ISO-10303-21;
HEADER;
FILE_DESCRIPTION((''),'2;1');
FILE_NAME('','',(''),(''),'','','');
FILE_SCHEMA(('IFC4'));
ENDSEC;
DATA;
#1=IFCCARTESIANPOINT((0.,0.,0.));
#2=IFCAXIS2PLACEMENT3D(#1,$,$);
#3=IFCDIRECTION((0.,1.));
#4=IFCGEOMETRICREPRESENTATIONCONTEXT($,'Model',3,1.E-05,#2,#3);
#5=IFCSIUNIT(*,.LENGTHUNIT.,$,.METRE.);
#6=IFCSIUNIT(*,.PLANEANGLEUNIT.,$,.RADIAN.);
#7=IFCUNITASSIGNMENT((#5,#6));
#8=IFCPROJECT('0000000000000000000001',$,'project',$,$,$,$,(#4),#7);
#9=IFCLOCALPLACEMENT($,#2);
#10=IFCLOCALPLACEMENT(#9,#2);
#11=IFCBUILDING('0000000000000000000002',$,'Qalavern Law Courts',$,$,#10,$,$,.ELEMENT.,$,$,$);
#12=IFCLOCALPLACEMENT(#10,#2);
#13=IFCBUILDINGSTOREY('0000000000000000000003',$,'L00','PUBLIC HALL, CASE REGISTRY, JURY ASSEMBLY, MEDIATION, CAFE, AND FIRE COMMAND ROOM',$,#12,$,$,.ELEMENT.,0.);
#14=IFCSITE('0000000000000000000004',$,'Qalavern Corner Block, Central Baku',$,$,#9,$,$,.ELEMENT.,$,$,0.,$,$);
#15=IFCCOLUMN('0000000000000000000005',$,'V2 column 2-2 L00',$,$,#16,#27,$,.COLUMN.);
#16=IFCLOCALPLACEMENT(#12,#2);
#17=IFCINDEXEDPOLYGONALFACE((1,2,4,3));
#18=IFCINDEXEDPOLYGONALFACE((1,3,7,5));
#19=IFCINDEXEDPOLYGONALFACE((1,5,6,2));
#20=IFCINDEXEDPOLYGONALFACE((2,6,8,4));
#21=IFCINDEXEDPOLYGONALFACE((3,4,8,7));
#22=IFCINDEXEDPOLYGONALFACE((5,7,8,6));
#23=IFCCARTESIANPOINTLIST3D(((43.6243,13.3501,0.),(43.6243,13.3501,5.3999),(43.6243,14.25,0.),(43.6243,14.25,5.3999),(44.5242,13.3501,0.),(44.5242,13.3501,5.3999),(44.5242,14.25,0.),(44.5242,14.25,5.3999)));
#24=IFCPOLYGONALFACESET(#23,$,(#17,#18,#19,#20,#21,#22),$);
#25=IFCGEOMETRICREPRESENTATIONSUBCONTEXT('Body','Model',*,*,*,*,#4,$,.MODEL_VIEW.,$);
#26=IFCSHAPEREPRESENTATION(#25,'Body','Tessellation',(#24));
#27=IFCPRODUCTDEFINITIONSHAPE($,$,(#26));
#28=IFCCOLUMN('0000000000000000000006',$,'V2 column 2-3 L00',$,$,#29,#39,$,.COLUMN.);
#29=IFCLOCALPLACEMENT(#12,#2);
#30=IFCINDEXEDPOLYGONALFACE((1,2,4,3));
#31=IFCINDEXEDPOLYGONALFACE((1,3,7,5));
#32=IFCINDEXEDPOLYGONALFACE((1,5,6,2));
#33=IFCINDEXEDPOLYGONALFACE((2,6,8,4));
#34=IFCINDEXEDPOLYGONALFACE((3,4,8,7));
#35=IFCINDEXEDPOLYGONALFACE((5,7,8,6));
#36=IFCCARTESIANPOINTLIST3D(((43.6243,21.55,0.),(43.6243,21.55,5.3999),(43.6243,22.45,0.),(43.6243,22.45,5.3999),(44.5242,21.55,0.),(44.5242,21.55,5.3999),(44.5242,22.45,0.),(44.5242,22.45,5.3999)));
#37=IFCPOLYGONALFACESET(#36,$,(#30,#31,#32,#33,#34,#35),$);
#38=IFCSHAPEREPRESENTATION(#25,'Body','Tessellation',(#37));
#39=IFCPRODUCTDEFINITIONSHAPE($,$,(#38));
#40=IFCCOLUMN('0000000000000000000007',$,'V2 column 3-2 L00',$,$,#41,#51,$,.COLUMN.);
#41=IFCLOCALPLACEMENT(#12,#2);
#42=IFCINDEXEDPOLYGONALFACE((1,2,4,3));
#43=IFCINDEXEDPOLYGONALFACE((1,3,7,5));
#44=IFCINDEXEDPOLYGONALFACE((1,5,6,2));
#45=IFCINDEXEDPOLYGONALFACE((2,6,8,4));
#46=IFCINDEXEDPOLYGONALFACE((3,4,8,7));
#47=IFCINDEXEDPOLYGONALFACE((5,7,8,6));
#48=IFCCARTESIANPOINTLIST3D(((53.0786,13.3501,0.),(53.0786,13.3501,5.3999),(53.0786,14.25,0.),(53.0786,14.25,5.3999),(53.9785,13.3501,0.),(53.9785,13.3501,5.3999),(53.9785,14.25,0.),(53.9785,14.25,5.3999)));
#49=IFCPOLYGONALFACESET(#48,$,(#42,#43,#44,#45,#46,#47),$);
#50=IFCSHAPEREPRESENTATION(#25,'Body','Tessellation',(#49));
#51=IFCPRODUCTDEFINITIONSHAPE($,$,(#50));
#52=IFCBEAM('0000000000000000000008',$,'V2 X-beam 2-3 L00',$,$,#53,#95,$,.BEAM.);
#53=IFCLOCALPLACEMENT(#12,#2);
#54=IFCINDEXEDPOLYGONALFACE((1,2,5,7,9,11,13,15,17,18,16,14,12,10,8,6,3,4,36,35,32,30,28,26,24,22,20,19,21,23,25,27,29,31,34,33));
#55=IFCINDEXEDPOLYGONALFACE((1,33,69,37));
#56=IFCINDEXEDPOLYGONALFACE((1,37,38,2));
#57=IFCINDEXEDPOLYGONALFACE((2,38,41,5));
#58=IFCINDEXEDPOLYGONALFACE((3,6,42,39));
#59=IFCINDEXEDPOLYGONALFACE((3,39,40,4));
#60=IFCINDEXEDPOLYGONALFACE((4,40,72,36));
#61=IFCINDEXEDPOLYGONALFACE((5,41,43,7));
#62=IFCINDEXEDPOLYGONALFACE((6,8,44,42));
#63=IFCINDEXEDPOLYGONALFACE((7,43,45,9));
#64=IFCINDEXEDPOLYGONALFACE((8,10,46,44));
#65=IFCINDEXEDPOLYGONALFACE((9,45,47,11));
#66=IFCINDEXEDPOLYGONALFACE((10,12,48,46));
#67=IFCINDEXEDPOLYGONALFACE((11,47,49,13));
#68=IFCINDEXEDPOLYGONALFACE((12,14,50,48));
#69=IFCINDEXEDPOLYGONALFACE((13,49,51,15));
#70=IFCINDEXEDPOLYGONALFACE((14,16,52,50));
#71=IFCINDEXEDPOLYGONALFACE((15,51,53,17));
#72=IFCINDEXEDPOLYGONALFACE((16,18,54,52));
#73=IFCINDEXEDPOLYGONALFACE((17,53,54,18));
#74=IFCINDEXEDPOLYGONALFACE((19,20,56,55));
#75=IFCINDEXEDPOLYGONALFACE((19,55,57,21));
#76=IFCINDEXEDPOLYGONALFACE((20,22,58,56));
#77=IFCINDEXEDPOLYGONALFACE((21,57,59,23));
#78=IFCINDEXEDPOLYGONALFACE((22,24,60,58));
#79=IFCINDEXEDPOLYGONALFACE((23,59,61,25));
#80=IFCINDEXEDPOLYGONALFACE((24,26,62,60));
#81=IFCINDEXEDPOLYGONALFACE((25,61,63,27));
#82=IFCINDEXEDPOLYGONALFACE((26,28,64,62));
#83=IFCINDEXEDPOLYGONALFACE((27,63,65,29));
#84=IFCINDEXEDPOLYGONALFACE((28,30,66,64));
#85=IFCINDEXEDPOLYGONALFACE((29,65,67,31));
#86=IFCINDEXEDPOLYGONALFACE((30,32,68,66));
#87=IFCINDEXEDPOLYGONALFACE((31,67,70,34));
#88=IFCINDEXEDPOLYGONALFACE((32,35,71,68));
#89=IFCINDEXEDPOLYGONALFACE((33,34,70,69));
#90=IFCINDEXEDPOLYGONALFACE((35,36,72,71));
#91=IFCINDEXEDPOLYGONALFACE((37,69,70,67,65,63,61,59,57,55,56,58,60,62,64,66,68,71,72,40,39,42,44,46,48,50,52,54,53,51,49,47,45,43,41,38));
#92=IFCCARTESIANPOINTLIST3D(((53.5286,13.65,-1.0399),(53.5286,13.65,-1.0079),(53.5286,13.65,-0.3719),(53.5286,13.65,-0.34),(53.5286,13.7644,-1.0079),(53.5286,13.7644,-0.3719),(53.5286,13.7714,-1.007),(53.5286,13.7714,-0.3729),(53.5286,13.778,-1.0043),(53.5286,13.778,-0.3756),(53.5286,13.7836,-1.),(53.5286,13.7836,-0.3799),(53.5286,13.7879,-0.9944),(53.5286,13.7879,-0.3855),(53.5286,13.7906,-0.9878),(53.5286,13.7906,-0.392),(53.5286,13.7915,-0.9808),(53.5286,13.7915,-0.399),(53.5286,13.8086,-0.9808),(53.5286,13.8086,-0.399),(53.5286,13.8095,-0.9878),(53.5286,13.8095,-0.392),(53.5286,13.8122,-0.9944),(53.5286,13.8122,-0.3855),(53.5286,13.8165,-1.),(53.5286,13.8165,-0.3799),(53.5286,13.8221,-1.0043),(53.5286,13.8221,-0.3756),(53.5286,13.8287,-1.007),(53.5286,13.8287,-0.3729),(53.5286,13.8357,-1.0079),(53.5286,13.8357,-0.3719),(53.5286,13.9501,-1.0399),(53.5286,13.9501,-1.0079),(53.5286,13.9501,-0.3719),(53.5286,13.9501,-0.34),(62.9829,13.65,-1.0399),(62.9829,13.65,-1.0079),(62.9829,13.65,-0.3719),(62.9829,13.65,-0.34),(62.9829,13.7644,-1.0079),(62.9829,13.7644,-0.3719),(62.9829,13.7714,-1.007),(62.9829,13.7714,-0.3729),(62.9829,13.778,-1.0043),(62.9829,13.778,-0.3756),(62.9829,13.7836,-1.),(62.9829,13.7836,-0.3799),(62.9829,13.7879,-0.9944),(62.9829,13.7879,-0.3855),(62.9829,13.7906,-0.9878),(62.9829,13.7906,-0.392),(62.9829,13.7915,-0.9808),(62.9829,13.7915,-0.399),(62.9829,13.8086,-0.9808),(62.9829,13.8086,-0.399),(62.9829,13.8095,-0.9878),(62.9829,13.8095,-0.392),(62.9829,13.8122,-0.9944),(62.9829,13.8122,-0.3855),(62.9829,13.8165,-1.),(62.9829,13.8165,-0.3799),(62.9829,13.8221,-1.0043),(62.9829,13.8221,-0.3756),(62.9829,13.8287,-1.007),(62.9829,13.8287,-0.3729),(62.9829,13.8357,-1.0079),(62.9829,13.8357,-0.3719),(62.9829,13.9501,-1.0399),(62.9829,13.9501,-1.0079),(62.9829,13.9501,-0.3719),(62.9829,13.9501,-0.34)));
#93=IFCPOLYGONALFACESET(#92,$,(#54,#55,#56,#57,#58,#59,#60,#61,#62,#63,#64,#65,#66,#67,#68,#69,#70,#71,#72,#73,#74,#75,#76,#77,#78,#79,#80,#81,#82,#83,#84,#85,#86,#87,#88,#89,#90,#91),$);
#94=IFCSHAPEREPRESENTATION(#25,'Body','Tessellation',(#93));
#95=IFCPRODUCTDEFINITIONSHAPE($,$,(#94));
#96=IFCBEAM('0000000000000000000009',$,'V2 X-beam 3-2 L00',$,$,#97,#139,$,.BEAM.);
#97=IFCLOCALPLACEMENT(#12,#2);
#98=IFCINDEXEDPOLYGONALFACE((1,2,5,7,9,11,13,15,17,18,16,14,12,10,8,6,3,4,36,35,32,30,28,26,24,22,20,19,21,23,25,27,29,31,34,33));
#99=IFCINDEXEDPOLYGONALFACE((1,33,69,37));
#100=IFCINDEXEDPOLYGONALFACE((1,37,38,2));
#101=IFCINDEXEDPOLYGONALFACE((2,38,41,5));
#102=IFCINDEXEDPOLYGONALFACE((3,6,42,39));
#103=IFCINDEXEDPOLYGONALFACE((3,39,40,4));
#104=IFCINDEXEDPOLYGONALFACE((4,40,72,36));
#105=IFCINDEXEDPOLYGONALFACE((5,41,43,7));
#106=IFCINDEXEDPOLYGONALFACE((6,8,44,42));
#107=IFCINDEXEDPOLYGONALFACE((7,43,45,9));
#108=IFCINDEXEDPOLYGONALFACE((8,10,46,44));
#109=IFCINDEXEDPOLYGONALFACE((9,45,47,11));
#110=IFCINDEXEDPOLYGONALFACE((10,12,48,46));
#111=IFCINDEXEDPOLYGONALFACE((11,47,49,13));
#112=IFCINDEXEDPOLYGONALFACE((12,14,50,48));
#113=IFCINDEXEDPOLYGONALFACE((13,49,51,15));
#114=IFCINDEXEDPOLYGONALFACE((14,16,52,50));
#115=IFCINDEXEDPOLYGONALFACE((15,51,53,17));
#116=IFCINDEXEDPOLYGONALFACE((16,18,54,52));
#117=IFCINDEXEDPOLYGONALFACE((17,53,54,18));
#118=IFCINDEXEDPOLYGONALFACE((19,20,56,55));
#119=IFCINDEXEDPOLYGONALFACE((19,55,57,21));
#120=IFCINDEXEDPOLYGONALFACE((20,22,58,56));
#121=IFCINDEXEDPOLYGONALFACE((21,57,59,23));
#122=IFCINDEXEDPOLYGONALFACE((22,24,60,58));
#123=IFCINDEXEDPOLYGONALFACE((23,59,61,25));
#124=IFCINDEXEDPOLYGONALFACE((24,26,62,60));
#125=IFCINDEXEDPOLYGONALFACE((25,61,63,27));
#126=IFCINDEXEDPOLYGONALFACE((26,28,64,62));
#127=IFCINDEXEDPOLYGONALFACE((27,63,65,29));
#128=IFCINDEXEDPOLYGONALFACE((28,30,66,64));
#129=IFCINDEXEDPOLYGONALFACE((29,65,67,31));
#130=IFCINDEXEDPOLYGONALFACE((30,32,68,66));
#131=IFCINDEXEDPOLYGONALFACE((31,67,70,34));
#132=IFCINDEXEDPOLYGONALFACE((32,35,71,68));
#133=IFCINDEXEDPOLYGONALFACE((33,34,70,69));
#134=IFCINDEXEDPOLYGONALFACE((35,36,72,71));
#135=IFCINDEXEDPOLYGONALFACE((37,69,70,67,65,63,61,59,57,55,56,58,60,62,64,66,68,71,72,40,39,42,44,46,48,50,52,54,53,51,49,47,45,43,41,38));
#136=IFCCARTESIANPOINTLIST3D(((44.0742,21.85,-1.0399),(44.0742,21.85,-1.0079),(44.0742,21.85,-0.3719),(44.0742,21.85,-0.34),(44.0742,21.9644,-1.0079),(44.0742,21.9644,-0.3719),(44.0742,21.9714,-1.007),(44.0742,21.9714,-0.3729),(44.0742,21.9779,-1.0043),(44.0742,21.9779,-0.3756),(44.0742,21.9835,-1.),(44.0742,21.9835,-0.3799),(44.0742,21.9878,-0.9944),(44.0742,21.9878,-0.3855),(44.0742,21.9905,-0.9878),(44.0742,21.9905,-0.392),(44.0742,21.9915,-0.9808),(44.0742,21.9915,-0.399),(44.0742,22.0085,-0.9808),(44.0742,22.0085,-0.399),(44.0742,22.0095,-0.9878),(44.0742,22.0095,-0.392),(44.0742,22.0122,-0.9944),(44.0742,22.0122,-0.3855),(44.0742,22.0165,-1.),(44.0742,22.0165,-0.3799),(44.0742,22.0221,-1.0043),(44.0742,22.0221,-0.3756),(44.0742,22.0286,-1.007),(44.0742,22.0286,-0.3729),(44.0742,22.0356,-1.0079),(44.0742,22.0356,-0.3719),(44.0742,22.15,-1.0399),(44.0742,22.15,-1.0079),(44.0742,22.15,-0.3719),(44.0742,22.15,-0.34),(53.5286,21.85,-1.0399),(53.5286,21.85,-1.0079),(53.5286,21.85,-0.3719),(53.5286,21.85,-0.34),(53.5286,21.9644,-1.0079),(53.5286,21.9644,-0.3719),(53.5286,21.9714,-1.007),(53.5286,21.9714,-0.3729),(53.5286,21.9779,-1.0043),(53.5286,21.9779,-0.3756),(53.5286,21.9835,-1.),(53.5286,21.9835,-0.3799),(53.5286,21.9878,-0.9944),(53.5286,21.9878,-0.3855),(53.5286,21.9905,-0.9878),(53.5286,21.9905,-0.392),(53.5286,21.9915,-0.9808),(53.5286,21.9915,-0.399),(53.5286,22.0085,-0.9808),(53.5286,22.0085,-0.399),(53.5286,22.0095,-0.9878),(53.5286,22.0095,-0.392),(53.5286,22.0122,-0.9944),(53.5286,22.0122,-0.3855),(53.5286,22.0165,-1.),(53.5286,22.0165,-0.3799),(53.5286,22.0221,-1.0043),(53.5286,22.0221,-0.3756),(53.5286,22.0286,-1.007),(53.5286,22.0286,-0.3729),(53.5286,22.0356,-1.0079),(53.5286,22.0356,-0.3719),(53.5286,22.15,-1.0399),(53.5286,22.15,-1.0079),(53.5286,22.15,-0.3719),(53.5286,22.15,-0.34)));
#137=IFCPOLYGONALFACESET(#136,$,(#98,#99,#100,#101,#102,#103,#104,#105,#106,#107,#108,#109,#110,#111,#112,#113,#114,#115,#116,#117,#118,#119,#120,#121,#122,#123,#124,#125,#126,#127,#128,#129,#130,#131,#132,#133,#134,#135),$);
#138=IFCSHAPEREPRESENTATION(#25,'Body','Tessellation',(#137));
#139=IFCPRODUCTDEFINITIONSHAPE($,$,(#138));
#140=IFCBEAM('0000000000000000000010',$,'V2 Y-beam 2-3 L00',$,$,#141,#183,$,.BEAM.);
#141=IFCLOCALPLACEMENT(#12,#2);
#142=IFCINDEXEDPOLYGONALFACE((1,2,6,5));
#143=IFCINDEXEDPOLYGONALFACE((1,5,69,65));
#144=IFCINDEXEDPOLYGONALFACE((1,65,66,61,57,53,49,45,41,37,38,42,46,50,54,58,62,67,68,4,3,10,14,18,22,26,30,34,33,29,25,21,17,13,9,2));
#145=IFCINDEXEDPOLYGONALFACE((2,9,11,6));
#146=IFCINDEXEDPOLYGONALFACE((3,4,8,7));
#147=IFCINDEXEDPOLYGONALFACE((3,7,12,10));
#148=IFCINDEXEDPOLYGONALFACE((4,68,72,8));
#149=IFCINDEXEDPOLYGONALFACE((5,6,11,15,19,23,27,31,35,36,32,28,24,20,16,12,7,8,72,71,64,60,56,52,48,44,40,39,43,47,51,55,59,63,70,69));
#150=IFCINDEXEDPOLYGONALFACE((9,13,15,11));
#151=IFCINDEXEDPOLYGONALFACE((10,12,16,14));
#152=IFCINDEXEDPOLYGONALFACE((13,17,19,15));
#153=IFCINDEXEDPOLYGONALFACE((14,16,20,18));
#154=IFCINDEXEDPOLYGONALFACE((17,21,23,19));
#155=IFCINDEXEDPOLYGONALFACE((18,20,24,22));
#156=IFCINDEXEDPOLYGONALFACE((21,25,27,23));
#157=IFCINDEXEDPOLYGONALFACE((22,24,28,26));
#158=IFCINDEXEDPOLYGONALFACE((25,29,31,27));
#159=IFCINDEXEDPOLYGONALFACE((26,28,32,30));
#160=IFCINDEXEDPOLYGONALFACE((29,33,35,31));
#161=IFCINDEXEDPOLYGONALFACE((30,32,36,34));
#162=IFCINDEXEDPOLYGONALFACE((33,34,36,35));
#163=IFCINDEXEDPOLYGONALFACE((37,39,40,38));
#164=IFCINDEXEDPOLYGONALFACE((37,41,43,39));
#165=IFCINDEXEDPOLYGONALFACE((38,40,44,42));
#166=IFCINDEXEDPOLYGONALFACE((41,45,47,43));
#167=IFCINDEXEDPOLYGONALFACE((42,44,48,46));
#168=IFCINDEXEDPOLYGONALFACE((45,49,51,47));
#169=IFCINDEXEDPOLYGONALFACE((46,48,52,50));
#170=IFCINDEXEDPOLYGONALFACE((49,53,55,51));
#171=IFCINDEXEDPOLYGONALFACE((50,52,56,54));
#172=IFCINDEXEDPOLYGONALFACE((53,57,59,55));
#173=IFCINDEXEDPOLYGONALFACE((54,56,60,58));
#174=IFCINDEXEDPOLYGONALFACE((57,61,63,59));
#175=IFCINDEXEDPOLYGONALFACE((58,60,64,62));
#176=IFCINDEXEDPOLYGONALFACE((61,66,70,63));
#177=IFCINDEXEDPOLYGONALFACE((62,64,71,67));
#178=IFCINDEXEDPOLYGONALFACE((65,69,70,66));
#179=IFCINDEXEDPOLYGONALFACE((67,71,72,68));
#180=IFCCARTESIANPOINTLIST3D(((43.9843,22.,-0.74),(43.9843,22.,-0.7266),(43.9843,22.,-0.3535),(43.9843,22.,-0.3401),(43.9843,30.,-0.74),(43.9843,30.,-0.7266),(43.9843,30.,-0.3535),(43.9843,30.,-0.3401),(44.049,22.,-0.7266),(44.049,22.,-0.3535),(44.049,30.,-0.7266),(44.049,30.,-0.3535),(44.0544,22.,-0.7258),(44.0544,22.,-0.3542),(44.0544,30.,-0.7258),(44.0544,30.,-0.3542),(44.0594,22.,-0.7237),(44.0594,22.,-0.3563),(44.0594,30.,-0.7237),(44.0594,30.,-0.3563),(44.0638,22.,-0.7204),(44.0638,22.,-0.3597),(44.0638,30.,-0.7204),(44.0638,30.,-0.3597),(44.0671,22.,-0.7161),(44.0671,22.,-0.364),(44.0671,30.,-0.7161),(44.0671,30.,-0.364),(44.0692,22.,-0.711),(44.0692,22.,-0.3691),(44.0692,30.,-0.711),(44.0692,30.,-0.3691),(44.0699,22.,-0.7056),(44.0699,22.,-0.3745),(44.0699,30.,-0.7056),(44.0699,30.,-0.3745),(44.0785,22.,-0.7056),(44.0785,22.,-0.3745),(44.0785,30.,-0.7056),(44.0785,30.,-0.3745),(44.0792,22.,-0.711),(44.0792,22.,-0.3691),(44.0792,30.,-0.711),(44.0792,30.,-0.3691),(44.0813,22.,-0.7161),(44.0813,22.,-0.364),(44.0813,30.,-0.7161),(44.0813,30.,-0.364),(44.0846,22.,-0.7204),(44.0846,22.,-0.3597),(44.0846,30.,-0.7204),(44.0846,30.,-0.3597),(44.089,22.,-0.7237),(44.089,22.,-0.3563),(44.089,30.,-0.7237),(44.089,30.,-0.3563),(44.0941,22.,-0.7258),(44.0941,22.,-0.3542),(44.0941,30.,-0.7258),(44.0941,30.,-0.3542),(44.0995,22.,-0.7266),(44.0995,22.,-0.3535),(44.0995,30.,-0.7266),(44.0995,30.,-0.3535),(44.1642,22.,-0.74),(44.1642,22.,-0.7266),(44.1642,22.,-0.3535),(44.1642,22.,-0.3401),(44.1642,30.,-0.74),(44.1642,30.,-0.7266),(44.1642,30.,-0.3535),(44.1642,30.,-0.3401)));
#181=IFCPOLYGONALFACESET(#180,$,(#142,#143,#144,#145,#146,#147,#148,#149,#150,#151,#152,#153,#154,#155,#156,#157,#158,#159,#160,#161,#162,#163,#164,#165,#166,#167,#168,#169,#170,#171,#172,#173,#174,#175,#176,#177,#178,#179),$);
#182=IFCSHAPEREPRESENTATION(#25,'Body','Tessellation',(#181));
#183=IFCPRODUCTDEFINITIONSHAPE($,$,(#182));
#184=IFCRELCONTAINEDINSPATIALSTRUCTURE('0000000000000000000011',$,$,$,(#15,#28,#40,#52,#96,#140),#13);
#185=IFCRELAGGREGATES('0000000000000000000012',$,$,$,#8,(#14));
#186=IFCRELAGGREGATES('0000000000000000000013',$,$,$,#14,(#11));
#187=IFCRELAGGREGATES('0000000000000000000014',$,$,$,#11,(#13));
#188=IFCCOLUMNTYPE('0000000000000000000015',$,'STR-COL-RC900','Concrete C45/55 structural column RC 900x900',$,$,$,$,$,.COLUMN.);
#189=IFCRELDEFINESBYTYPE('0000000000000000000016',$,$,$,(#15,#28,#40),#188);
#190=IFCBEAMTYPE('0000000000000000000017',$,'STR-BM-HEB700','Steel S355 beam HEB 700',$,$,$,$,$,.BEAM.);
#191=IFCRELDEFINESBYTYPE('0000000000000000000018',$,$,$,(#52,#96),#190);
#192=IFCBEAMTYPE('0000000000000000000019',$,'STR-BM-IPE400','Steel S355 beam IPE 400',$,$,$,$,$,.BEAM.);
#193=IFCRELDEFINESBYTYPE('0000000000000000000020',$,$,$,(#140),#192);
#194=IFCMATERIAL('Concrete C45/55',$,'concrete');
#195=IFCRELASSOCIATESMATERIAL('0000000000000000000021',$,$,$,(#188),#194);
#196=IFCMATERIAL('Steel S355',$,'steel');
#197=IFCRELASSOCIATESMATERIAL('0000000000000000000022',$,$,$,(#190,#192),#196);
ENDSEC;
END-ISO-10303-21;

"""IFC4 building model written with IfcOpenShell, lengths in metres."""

from ifc_helpers import new_model, si_unit, direction, frame, origin, origin_2d, place, context, subcontext, project, spatial, rectangle, i_section, extrude, material, material_profile, profile_set, type_object, element, save


model = new_model("IFC4")

# Units and contexts
model_context = context("Model", 3, precision=1e-05, world=origin(), true_north=direction((0.0, 1.0)))
body_context = subcontext(model_context, "Body", "Model", "MODEL_VIEW")
ifc_project = project(units=[si_unit("LENGTHUNIT", "METRE"), si_unit("PLANEANGLEUNIT", "RADIAN")], contexts=[model_context])

# Site, building, storey
site_placement = place(None, origin())
site = spatial("IfcSite", under=ifc_project, at=site_placement, Name="Qalavern Corner Block, Central Baku", CompositionType="ELEMENT", RefElevation=0.0)
building_placement = place(site_placement, origin())
building = spatial("IfcBuilding", under=site, at=building_placement, Name="Qalavern Law Courts", CompositionType="ELEMENT")
storey_placement = place(building_placement, origin())
storey = spatial("IfcBuildingStorey", under=building, at=storey_placement, Name="L00", Description="PUBLIC HALL, CASE REGISTRY, JURY ASSEMBLY, MEDIATION, CAFE, AND FIRE COMMAND ROOM", CompositionType="ELEMENT", Elevation=0.0)

# Columns
ifc_material_1 = material(Name="Concrete C45/55", Category="concrete")
ifc_material_profile_1 = material_profile(ifc_material_1, rectangle(XDim=0.8999, YDim=0.8999, at=origin_2d()), Name="RC 900x900")
ifc_profile_set_1 = profile_set([ifc_material_profile_1], Name="Concrete C45/55")
column_type = type_object("IfcColumnType", Name="STR-COL-RC900", Description="Concrete C45/55 structural column RC 900x900", PredefinedType="COLUMN", material=ifc_profile_set_1)
for number, where, z_axis, x_axis, name in (
    (1, (44.0742, 13.8, 0.0), (0.0, 0.0, 1.0), (1.0, 0.0, 0.0), "V2 column 2-2 L00"),
    (2, (44.0742, 22.0, 0.0), (0.0, 0.0, 1.0), (1.0, 0.0, 0.0), "V2 column 2-3 L00"),
    (3, (53.5286, 13.8, 0.0), (0.0, 0.0, 1.0), (1.0, 0.0, 0.0), "V2 column 3-2 L00"),
):
    element("IfcColumn", number, at=place(storey_placement, frame(where, z_axis=z_axis, x_axis=x_axis)), inside=storey, type_object=column_type, Name=name, PredefinedType="COLUMN", context=body_context, shape_type="SweptSolid", body=[
        extrude(rectangle(XDim=0.8999, YDim=0.8999, at=origin_2d()), origin(), (0.0, 0.0, 1.0), 5.3999),
    ])

# Beams
ifc_material_2 = material(Name="Steel S355", Category="steel")
ifc_material_profile_2 = material_profile(ifc_material_2, i_section(OverallWidth=0.3, OverallDepth=0.7, WebThickness=0.0171, FlangeThickness=0.032, FilletRadius=0.0271, at=origin_2d()), Name="HEB 700")
ifc_profile_set_2 = profile_set([ifc_material_profile_2], Name="Steel S355")
beam_type_1 = type_object("IfcBeamType", Name="STR-BM-HEB700", Description="Steel S355 beam HEB 700", PredefinedType="BEAM", material=ifc_profile_set_2)
for number, where, z_axis, x_axis, name in (
    (4, (53.5286, 13.8, -0.6899), (1.0, 0.0, 0.0), (0.0, 1.0, 0.0), "V2 X-beam 2-3 L00"),
    (5, (44.0742, 22.0, -0.6899), (1.0, 0.0, 0.0), (0.0, 1.0, 0.0), "V2 X-beam 3-2 L00"),
):
    element("IfcBeam", number, at=place(storey_placement, frame(where, z_axis=z_axis, x_axis=x_axis)), inside=storey, type_object=beam_type_1, Name=name, PredefinedType="BEAM", context=body_context, shape_type="SweptSolid", body=[
        extrude(i_section(OverallWidth=0.3, OverallDepth=0.7, WebThickness=0.0171, FlangeThickness=0.032, FilletRadius=0.0271, at=origin_2d()), origin(), (0.0, 0.0, 1.0), 9.4543),
    ])
ifc_material_profile_3 = material_profile(ifc_material_2, i_section(OverallWidth=0.1799, OverallDepth=0.3999, WebThickness=0.0085, FlangeThickness=0.0134, FilletRadius=0.021, at=origin_2d()), Name="IPE 400")
ifc_profile_set_3 = profile_set([ifc_material_profile_3], Name="Steel S355")
beam_type_2 = type_object("IfcBeamType", Name="STR-BM-IPE400", Description="Steel S355 beam IPE 400", PredefinedType="BEAM", material=ifc_profile_set_3)
beam_1_placement = place(storey_placement, frame((44.0742, 22.0, -0.54), z_axis=(0.0, 1.0, 0.0), x_axis=(-1.0, 0.0, 0.0)))
element("IfcBeam", 6, at=beam_1_placement, inside=storey, type_object=beam_type_2, Name="V2 Y-beam 2-3 L00", PredefinedType="BEAM", context=body_context, shape_type="SweptSolid", body=[
    extrude(i_section(OverallWidth=0.1799, OverallDepth=0.3999, WebThickness=0.0085, FlangeThickness=0.0134, FilletRadius=0.021, at=origin_2d()), origin(), (0.0, 0.0, 1.0), 8.0),
])

save(model, "model.ifc")
